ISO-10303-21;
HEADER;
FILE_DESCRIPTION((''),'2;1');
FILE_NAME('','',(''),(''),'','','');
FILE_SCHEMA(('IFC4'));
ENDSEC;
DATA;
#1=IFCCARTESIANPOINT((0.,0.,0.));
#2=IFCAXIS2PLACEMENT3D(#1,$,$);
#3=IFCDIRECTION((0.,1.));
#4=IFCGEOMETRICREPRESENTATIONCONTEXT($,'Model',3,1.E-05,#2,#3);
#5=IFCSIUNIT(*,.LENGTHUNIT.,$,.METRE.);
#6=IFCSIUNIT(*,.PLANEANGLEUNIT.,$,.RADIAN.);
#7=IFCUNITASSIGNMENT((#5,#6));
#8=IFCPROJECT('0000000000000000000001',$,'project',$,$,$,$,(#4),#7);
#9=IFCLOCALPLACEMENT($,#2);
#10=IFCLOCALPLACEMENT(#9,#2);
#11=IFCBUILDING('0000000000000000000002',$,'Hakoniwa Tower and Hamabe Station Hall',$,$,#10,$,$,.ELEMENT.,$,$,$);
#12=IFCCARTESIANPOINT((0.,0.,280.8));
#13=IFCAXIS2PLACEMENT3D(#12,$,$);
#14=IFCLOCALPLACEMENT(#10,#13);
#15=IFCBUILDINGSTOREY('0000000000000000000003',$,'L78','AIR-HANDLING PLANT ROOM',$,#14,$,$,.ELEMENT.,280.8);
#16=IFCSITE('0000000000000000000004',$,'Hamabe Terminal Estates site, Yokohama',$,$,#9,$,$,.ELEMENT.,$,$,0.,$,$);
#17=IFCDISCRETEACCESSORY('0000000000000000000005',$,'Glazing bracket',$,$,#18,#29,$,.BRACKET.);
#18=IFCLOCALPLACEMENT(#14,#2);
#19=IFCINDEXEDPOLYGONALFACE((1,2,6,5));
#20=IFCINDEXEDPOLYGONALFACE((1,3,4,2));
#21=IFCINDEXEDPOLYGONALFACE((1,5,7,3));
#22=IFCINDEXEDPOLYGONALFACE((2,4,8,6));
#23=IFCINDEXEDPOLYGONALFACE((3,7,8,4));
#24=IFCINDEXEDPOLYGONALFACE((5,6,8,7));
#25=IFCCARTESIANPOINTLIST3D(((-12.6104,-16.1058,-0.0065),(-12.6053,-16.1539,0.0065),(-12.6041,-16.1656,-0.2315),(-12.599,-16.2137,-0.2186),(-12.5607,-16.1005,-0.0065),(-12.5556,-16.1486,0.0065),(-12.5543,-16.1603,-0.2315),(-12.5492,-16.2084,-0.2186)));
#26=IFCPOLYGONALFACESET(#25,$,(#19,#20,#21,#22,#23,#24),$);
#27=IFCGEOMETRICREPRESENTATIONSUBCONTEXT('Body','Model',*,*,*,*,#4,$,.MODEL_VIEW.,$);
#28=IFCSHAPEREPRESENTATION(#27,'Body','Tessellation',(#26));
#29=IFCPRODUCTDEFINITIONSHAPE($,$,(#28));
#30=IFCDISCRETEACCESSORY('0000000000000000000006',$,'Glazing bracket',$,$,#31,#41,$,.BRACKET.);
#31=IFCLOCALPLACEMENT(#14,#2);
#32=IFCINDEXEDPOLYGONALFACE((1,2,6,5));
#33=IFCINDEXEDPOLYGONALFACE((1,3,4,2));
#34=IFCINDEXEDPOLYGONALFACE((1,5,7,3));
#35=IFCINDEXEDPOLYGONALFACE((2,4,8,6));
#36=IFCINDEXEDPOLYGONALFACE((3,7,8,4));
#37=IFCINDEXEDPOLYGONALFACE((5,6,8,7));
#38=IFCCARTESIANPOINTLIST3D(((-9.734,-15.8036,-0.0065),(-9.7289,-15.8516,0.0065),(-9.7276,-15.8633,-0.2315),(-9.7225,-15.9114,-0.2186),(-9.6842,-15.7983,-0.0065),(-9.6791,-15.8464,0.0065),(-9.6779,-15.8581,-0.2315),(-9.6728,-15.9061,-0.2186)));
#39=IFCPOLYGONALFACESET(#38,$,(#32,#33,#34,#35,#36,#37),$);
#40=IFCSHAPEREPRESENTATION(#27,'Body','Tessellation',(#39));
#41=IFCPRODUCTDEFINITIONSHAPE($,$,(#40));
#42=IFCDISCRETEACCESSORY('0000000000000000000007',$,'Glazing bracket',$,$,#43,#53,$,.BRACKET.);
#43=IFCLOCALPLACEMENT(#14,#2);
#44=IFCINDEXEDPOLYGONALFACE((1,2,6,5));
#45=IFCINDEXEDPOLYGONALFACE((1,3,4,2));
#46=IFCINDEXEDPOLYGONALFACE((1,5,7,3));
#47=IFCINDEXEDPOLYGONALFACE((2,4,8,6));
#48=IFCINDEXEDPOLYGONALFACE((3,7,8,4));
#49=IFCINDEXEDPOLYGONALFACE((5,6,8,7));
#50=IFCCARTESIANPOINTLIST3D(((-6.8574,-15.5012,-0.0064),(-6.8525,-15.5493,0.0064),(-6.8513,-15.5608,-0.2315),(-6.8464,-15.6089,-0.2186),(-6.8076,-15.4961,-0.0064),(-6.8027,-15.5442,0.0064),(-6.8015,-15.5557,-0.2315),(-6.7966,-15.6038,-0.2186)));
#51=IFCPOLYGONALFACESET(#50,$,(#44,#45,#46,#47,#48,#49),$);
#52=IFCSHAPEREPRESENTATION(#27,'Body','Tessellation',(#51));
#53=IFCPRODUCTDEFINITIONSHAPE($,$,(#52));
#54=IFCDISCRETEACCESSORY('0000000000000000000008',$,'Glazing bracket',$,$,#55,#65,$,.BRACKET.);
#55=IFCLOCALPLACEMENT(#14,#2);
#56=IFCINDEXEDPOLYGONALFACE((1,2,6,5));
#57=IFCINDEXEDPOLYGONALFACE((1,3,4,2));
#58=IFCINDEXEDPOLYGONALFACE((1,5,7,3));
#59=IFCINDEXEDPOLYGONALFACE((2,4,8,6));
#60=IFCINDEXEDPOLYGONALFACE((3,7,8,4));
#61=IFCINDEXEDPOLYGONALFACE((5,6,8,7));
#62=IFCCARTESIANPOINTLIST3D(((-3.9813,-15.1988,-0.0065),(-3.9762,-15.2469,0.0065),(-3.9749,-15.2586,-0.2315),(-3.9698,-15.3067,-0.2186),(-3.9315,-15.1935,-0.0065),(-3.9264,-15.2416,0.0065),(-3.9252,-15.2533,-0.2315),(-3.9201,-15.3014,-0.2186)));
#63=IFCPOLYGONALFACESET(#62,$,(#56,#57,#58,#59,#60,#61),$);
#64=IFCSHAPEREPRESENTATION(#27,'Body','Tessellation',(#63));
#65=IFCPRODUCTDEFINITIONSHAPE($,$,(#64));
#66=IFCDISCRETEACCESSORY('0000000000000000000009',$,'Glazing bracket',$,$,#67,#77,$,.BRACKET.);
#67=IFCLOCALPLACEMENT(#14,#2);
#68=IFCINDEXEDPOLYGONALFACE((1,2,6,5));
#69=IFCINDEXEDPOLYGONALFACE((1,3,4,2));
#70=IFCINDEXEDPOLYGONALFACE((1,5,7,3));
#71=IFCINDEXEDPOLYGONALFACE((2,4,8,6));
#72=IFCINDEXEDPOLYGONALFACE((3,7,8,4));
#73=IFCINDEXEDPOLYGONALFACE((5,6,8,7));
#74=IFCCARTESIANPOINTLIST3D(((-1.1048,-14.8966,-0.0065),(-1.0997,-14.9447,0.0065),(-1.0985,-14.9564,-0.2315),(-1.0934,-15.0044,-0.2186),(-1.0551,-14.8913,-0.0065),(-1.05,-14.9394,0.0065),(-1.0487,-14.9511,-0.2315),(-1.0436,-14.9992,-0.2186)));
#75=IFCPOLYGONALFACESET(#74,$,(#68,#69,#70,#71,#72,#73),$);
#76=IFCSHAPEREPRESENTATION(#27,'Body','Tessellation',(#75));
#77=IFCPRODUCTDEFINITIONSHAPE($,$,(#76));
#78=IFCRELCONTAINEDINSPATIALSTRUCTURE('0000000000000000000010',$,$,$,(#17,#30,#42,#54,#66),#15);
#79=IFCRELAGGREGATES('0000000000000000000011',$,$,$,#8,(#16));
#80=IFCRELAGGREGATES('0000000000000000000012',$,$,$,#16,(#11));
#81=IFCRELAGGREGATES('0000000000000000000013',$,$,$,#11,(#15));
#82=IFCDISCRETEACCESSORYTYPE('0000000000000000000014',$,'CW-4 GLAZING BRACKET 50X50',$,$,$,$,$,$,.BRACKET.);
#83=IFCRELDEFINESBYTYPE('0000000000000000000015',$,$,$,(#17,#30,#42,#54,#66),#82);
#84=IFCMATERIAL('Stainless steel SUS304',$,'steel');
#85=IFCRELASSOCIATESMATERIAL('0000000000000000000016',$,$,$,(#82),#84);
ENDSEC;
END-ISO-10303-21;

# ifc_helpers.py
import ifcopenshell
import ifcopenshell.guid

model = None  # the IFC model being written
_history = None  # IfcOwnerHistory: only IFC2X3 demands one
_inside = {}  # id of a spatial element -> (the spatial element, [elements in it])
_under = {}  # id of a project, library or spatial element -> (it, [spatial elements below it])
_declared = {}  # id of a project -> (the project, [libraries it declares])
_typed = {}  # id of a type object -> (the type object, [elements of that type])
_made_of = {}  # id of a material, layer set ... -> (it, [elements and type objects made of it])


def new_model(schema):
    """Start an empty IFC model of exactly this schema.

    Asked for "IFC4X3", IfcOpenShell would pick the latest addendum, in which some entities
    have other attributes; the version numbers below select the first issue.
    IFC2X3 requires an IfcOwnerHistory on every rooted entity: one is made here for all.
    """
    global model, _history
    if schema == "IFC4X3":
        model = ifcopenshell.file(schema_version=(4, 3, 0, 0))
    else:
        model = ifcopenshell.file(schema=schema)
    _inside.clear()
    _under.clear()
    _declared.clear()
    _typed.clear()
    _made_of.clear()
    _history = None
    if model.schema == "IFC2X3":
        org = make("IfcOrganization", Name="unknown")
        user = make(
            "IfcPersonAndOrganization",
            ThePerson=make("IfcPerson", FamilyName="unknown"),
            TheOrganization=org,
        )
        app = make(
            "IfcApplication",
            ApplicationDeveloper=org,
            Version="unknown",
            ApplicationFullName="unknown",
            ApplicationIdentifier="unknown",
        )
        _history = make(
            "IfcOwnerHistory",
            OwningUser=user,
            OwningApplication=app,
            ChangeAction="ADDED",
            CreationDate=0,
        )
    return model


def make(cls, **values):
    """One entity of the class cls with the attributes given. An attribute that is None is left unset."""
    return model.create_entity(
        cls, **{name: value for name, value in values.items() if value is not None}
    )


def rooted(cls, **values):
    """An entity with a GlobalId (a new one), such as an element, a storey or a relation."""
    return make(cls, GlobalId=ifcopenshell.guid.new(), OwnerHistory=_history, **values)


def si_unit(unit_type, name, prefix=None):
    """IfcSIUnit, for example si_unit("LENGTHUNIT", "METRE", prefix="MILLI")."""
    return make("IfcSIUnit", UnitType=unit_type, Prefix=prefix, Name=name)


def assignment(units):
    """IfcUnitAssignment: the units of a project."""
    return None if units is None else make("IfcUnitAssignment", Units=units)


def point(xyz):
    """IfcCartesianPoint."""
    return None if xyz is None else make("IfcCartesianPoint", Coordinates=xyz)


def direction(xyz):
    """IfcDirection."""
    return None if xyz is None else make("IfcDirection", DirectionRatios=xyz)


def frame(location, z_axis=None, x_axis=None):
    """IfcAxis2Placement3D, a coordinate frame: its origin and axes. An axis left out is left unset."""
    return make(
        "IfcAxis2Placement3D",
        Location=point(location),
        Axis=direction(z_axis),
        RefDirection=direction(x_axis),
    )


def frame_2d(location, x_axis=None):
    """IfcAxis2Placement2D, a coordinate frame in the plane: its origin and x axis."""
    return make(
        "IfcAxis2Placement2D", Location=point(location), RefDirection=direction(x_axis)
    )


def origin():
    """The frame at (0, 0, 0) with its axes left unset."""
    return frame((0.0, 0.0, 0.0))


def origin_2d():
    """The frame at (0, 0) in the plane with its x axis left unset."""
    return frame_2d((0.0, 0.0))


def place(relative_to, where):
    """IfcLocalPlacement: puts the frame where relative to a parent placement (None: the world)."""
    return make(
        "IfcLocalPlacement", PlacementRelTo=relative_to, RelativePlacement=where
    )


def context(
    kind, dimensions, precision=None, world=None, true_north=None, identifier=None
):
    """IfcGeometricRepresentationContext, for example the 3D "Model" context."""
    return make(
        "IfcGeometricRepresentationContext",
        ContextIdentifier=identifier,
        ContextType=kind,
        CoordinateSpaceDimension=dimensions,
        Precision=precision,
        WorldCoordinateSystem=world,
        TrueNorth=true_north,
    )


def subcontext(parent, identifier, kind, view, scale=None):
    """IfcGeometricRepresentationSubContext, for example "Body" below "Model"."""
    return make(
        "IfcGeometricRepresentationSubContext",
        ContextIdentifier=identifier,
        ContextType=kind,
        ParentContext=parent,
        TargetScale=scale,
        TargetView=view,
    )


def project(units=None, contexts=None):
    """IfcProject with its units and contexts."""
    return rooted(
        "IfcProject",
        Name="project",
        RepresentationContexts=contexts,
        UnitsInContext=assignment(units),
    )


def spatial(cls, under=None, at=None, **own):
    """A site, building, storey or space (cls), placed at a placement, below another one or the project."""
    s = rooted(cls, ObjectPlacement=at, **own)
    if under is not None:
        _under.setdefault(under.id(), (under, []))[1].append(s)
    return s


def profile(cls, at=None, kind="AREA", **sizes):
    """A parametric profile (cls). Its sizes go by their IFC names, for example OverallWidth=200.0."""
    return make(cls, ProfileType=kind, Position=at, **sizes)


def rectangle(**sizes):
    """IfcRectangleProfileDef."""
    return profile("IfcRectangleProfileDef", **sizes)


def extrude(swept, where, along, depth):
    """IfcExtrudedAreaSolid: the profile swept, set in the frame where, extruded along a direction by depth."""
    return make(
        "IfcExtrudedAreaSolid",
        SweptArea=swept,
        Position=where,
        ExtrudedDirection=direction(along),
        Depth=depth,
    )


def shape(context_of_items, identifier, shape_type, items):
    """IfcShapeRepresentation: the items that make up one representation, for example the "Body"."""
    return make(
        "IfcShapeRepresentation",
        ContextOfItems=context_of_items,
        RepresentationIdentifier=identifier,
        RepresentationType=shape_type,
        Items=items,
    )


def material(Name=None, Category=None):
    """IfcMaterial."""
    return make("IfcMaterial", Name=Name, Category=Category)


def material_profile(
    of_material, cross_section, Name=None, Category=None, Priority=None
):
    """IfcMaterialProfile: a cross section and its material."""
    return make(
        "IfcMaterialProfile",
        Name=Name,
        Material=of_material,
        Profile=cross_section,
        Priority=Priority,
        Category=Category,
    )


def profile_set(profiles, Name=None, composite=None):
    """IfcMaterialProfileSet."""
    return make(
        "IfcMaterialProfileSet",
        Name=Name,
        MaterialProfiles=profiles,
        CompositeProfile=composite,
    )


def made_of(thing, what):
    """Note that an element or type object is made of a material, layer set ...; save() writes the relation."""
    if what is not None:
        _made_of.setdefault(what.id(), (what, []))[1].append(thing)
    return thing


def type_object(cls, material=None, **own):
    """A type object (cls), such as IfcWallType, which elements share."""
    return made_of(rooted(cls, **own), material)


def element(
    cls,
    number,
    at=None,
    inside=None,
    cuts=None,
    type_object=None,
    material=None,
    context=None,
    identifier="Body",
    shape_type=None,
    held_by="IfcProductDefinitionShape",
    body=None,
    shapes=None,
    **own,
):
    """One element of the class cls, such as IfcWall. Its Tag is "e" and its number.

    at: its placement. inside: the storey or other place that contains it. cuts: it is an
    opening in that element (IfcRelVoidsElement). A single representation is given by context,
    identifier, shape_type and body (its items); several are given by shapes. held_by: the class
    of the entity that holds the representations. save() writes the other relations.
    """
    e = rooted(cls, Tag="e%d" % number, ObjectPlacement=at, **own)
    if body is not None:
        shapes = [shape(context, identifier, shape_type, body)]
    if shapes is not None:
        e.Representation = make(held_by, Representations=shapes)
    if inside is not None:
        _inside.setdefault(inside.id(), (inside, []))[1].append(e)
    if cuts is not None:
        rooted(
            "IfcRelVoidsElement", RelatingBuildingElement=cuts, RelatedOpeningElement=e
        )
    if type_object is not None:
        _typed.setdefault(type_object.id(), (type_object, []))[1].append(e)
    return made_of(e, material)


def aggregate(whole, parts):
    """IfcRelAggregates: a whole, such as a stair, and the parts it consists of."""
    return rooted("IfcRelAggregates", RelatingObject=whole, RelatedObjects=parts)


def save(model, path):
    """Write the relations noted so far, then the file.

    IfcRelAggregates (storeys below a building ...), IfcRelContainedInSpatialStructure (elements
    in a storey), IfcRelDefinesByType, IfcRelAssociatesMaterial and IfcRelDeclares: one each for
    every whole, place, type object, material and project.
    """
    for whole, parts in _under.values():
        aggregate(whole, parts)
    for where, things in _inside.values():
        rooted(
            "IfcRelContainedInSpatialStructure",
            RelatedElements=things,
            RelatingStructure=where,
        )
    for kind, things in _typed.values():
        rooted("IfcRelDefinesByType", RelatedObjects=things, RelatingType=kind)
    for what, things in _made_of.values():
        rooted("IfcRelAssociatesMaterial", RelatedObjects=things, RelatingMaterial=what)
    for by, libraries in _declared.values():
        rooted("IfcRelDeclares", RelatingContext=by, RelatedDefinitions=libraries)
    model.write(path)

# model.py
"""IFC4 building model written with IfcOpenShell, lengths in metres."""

from ifc_helpers import new_model, si_unit, direction, frame, origin, origin_2d, place, context, subcontext, project, spatial, rectangle, extrude, material, material_profile, profile_set, type_object, element, save


model = new_model("IFC4")

# Units and contexts
model_context = context("Model", 3, precision=1e-05, world=origin(), true_north=direction((0.0, 1.0)))
body_context = subcontext(model_context, "Body", "Model", "MODEL_VIEW")
ifc_project = project(units=[si_unit("LENGTHUNIT", "METRE"), si_unit("PLANEANGLEUNIT", "RADIAN")], contexts=[model_context])

# Site, building, storey
site_placement = place(None, origin())
site = spatial("IfcSite", under=ifc_project, at=site_placement, Name="Hamabe Terminal Estates site, Yokohama", CompositionType="ELEMENT", RefElevation=0.0)
building_placement = place(site_placement, origin())
building = spatial("IfcBuilding", under=site, at=building_placement, Name="Hakoniwa Tower and Hamabe Station Hall", CompositionType="ELEMENT")
storey_placement = place(building_placement, frame((0.0, 0.0, 280.8)))
storey = spatial("IfcBuildingStorey", under=building, at=storey_placement, Name="L78", Description="AIR-HANDLING PLANT ROOM", CompositionType="ELEMENT", Elevation=280.8)

# Discrete accessories
ifc_material_1 = material(Name="Stainless steel SUS304", Category="steel")
ifc_material_profile_1 = material_profile(ifc_material_1, rectangle(XDim=0.05, YDim=0.05, at=origin_2d()), Name="CW-4 GLAZING BRACKET 50X50")
ifc_profile_set_1 = profile_set([ifc_material_profile_1], Name="Stainless steel SUS304")
discrete_accessory_type = type_object("IfcDiscreteAccessoryType", Name="CW-4 GLAZING BRACKET 50X50", PredefinedType="BRACKET", material=ifc_profile_set_1)
for number, where, z_axis, x_axis, name in (
    (1, (-12.583, -16.1272, 0.0), (0.027244, -0.256719, -0.966102), (0.994416, 0.10553, 0.0), "Glazing bracket"),
    (2, (-9.7065, -15.825, 0.0), (0.027244, -0.256719, -0.966102), (0.994416, 0.10553, 0.0), "Glazing bracket"),
    (3, (-6.8301, -15.5227, 0.0), (0.026204, -0.255747, -0.966389), (0.994792, 0.101925, 0.0), "Glazing bracket"),
    (4, (-3.9539, -15.2202, 0.0), (0.027244, -0.256719, -0.966102), (0.994416, 0.10553, 0.0), "Glazing bracket"),
    (5, (-1.0774, -14.918, 0.0), (0.027244, -0.256719, -0.966102), (0.994416, 0.10553, 0.0), "Glazing bracket"),
):
    element("IfcDiscreteAccessory", number, at=place(storey_placement, frame(where, z_axis=z_axis, x_axis=x_axis)), inside=storey, type_object=discrete_accessory_type, Name=name, PredefinedType="BRACKET", context=body_context, shape_type="SweptSolid", body=[
        extrude(rectangle(XDim=0.05, YDim=0.05, at=origin_2d()), origin(), (0.0, 0.0, 1.0), 0.2329),
    ])

save(model, "model.ifc")
